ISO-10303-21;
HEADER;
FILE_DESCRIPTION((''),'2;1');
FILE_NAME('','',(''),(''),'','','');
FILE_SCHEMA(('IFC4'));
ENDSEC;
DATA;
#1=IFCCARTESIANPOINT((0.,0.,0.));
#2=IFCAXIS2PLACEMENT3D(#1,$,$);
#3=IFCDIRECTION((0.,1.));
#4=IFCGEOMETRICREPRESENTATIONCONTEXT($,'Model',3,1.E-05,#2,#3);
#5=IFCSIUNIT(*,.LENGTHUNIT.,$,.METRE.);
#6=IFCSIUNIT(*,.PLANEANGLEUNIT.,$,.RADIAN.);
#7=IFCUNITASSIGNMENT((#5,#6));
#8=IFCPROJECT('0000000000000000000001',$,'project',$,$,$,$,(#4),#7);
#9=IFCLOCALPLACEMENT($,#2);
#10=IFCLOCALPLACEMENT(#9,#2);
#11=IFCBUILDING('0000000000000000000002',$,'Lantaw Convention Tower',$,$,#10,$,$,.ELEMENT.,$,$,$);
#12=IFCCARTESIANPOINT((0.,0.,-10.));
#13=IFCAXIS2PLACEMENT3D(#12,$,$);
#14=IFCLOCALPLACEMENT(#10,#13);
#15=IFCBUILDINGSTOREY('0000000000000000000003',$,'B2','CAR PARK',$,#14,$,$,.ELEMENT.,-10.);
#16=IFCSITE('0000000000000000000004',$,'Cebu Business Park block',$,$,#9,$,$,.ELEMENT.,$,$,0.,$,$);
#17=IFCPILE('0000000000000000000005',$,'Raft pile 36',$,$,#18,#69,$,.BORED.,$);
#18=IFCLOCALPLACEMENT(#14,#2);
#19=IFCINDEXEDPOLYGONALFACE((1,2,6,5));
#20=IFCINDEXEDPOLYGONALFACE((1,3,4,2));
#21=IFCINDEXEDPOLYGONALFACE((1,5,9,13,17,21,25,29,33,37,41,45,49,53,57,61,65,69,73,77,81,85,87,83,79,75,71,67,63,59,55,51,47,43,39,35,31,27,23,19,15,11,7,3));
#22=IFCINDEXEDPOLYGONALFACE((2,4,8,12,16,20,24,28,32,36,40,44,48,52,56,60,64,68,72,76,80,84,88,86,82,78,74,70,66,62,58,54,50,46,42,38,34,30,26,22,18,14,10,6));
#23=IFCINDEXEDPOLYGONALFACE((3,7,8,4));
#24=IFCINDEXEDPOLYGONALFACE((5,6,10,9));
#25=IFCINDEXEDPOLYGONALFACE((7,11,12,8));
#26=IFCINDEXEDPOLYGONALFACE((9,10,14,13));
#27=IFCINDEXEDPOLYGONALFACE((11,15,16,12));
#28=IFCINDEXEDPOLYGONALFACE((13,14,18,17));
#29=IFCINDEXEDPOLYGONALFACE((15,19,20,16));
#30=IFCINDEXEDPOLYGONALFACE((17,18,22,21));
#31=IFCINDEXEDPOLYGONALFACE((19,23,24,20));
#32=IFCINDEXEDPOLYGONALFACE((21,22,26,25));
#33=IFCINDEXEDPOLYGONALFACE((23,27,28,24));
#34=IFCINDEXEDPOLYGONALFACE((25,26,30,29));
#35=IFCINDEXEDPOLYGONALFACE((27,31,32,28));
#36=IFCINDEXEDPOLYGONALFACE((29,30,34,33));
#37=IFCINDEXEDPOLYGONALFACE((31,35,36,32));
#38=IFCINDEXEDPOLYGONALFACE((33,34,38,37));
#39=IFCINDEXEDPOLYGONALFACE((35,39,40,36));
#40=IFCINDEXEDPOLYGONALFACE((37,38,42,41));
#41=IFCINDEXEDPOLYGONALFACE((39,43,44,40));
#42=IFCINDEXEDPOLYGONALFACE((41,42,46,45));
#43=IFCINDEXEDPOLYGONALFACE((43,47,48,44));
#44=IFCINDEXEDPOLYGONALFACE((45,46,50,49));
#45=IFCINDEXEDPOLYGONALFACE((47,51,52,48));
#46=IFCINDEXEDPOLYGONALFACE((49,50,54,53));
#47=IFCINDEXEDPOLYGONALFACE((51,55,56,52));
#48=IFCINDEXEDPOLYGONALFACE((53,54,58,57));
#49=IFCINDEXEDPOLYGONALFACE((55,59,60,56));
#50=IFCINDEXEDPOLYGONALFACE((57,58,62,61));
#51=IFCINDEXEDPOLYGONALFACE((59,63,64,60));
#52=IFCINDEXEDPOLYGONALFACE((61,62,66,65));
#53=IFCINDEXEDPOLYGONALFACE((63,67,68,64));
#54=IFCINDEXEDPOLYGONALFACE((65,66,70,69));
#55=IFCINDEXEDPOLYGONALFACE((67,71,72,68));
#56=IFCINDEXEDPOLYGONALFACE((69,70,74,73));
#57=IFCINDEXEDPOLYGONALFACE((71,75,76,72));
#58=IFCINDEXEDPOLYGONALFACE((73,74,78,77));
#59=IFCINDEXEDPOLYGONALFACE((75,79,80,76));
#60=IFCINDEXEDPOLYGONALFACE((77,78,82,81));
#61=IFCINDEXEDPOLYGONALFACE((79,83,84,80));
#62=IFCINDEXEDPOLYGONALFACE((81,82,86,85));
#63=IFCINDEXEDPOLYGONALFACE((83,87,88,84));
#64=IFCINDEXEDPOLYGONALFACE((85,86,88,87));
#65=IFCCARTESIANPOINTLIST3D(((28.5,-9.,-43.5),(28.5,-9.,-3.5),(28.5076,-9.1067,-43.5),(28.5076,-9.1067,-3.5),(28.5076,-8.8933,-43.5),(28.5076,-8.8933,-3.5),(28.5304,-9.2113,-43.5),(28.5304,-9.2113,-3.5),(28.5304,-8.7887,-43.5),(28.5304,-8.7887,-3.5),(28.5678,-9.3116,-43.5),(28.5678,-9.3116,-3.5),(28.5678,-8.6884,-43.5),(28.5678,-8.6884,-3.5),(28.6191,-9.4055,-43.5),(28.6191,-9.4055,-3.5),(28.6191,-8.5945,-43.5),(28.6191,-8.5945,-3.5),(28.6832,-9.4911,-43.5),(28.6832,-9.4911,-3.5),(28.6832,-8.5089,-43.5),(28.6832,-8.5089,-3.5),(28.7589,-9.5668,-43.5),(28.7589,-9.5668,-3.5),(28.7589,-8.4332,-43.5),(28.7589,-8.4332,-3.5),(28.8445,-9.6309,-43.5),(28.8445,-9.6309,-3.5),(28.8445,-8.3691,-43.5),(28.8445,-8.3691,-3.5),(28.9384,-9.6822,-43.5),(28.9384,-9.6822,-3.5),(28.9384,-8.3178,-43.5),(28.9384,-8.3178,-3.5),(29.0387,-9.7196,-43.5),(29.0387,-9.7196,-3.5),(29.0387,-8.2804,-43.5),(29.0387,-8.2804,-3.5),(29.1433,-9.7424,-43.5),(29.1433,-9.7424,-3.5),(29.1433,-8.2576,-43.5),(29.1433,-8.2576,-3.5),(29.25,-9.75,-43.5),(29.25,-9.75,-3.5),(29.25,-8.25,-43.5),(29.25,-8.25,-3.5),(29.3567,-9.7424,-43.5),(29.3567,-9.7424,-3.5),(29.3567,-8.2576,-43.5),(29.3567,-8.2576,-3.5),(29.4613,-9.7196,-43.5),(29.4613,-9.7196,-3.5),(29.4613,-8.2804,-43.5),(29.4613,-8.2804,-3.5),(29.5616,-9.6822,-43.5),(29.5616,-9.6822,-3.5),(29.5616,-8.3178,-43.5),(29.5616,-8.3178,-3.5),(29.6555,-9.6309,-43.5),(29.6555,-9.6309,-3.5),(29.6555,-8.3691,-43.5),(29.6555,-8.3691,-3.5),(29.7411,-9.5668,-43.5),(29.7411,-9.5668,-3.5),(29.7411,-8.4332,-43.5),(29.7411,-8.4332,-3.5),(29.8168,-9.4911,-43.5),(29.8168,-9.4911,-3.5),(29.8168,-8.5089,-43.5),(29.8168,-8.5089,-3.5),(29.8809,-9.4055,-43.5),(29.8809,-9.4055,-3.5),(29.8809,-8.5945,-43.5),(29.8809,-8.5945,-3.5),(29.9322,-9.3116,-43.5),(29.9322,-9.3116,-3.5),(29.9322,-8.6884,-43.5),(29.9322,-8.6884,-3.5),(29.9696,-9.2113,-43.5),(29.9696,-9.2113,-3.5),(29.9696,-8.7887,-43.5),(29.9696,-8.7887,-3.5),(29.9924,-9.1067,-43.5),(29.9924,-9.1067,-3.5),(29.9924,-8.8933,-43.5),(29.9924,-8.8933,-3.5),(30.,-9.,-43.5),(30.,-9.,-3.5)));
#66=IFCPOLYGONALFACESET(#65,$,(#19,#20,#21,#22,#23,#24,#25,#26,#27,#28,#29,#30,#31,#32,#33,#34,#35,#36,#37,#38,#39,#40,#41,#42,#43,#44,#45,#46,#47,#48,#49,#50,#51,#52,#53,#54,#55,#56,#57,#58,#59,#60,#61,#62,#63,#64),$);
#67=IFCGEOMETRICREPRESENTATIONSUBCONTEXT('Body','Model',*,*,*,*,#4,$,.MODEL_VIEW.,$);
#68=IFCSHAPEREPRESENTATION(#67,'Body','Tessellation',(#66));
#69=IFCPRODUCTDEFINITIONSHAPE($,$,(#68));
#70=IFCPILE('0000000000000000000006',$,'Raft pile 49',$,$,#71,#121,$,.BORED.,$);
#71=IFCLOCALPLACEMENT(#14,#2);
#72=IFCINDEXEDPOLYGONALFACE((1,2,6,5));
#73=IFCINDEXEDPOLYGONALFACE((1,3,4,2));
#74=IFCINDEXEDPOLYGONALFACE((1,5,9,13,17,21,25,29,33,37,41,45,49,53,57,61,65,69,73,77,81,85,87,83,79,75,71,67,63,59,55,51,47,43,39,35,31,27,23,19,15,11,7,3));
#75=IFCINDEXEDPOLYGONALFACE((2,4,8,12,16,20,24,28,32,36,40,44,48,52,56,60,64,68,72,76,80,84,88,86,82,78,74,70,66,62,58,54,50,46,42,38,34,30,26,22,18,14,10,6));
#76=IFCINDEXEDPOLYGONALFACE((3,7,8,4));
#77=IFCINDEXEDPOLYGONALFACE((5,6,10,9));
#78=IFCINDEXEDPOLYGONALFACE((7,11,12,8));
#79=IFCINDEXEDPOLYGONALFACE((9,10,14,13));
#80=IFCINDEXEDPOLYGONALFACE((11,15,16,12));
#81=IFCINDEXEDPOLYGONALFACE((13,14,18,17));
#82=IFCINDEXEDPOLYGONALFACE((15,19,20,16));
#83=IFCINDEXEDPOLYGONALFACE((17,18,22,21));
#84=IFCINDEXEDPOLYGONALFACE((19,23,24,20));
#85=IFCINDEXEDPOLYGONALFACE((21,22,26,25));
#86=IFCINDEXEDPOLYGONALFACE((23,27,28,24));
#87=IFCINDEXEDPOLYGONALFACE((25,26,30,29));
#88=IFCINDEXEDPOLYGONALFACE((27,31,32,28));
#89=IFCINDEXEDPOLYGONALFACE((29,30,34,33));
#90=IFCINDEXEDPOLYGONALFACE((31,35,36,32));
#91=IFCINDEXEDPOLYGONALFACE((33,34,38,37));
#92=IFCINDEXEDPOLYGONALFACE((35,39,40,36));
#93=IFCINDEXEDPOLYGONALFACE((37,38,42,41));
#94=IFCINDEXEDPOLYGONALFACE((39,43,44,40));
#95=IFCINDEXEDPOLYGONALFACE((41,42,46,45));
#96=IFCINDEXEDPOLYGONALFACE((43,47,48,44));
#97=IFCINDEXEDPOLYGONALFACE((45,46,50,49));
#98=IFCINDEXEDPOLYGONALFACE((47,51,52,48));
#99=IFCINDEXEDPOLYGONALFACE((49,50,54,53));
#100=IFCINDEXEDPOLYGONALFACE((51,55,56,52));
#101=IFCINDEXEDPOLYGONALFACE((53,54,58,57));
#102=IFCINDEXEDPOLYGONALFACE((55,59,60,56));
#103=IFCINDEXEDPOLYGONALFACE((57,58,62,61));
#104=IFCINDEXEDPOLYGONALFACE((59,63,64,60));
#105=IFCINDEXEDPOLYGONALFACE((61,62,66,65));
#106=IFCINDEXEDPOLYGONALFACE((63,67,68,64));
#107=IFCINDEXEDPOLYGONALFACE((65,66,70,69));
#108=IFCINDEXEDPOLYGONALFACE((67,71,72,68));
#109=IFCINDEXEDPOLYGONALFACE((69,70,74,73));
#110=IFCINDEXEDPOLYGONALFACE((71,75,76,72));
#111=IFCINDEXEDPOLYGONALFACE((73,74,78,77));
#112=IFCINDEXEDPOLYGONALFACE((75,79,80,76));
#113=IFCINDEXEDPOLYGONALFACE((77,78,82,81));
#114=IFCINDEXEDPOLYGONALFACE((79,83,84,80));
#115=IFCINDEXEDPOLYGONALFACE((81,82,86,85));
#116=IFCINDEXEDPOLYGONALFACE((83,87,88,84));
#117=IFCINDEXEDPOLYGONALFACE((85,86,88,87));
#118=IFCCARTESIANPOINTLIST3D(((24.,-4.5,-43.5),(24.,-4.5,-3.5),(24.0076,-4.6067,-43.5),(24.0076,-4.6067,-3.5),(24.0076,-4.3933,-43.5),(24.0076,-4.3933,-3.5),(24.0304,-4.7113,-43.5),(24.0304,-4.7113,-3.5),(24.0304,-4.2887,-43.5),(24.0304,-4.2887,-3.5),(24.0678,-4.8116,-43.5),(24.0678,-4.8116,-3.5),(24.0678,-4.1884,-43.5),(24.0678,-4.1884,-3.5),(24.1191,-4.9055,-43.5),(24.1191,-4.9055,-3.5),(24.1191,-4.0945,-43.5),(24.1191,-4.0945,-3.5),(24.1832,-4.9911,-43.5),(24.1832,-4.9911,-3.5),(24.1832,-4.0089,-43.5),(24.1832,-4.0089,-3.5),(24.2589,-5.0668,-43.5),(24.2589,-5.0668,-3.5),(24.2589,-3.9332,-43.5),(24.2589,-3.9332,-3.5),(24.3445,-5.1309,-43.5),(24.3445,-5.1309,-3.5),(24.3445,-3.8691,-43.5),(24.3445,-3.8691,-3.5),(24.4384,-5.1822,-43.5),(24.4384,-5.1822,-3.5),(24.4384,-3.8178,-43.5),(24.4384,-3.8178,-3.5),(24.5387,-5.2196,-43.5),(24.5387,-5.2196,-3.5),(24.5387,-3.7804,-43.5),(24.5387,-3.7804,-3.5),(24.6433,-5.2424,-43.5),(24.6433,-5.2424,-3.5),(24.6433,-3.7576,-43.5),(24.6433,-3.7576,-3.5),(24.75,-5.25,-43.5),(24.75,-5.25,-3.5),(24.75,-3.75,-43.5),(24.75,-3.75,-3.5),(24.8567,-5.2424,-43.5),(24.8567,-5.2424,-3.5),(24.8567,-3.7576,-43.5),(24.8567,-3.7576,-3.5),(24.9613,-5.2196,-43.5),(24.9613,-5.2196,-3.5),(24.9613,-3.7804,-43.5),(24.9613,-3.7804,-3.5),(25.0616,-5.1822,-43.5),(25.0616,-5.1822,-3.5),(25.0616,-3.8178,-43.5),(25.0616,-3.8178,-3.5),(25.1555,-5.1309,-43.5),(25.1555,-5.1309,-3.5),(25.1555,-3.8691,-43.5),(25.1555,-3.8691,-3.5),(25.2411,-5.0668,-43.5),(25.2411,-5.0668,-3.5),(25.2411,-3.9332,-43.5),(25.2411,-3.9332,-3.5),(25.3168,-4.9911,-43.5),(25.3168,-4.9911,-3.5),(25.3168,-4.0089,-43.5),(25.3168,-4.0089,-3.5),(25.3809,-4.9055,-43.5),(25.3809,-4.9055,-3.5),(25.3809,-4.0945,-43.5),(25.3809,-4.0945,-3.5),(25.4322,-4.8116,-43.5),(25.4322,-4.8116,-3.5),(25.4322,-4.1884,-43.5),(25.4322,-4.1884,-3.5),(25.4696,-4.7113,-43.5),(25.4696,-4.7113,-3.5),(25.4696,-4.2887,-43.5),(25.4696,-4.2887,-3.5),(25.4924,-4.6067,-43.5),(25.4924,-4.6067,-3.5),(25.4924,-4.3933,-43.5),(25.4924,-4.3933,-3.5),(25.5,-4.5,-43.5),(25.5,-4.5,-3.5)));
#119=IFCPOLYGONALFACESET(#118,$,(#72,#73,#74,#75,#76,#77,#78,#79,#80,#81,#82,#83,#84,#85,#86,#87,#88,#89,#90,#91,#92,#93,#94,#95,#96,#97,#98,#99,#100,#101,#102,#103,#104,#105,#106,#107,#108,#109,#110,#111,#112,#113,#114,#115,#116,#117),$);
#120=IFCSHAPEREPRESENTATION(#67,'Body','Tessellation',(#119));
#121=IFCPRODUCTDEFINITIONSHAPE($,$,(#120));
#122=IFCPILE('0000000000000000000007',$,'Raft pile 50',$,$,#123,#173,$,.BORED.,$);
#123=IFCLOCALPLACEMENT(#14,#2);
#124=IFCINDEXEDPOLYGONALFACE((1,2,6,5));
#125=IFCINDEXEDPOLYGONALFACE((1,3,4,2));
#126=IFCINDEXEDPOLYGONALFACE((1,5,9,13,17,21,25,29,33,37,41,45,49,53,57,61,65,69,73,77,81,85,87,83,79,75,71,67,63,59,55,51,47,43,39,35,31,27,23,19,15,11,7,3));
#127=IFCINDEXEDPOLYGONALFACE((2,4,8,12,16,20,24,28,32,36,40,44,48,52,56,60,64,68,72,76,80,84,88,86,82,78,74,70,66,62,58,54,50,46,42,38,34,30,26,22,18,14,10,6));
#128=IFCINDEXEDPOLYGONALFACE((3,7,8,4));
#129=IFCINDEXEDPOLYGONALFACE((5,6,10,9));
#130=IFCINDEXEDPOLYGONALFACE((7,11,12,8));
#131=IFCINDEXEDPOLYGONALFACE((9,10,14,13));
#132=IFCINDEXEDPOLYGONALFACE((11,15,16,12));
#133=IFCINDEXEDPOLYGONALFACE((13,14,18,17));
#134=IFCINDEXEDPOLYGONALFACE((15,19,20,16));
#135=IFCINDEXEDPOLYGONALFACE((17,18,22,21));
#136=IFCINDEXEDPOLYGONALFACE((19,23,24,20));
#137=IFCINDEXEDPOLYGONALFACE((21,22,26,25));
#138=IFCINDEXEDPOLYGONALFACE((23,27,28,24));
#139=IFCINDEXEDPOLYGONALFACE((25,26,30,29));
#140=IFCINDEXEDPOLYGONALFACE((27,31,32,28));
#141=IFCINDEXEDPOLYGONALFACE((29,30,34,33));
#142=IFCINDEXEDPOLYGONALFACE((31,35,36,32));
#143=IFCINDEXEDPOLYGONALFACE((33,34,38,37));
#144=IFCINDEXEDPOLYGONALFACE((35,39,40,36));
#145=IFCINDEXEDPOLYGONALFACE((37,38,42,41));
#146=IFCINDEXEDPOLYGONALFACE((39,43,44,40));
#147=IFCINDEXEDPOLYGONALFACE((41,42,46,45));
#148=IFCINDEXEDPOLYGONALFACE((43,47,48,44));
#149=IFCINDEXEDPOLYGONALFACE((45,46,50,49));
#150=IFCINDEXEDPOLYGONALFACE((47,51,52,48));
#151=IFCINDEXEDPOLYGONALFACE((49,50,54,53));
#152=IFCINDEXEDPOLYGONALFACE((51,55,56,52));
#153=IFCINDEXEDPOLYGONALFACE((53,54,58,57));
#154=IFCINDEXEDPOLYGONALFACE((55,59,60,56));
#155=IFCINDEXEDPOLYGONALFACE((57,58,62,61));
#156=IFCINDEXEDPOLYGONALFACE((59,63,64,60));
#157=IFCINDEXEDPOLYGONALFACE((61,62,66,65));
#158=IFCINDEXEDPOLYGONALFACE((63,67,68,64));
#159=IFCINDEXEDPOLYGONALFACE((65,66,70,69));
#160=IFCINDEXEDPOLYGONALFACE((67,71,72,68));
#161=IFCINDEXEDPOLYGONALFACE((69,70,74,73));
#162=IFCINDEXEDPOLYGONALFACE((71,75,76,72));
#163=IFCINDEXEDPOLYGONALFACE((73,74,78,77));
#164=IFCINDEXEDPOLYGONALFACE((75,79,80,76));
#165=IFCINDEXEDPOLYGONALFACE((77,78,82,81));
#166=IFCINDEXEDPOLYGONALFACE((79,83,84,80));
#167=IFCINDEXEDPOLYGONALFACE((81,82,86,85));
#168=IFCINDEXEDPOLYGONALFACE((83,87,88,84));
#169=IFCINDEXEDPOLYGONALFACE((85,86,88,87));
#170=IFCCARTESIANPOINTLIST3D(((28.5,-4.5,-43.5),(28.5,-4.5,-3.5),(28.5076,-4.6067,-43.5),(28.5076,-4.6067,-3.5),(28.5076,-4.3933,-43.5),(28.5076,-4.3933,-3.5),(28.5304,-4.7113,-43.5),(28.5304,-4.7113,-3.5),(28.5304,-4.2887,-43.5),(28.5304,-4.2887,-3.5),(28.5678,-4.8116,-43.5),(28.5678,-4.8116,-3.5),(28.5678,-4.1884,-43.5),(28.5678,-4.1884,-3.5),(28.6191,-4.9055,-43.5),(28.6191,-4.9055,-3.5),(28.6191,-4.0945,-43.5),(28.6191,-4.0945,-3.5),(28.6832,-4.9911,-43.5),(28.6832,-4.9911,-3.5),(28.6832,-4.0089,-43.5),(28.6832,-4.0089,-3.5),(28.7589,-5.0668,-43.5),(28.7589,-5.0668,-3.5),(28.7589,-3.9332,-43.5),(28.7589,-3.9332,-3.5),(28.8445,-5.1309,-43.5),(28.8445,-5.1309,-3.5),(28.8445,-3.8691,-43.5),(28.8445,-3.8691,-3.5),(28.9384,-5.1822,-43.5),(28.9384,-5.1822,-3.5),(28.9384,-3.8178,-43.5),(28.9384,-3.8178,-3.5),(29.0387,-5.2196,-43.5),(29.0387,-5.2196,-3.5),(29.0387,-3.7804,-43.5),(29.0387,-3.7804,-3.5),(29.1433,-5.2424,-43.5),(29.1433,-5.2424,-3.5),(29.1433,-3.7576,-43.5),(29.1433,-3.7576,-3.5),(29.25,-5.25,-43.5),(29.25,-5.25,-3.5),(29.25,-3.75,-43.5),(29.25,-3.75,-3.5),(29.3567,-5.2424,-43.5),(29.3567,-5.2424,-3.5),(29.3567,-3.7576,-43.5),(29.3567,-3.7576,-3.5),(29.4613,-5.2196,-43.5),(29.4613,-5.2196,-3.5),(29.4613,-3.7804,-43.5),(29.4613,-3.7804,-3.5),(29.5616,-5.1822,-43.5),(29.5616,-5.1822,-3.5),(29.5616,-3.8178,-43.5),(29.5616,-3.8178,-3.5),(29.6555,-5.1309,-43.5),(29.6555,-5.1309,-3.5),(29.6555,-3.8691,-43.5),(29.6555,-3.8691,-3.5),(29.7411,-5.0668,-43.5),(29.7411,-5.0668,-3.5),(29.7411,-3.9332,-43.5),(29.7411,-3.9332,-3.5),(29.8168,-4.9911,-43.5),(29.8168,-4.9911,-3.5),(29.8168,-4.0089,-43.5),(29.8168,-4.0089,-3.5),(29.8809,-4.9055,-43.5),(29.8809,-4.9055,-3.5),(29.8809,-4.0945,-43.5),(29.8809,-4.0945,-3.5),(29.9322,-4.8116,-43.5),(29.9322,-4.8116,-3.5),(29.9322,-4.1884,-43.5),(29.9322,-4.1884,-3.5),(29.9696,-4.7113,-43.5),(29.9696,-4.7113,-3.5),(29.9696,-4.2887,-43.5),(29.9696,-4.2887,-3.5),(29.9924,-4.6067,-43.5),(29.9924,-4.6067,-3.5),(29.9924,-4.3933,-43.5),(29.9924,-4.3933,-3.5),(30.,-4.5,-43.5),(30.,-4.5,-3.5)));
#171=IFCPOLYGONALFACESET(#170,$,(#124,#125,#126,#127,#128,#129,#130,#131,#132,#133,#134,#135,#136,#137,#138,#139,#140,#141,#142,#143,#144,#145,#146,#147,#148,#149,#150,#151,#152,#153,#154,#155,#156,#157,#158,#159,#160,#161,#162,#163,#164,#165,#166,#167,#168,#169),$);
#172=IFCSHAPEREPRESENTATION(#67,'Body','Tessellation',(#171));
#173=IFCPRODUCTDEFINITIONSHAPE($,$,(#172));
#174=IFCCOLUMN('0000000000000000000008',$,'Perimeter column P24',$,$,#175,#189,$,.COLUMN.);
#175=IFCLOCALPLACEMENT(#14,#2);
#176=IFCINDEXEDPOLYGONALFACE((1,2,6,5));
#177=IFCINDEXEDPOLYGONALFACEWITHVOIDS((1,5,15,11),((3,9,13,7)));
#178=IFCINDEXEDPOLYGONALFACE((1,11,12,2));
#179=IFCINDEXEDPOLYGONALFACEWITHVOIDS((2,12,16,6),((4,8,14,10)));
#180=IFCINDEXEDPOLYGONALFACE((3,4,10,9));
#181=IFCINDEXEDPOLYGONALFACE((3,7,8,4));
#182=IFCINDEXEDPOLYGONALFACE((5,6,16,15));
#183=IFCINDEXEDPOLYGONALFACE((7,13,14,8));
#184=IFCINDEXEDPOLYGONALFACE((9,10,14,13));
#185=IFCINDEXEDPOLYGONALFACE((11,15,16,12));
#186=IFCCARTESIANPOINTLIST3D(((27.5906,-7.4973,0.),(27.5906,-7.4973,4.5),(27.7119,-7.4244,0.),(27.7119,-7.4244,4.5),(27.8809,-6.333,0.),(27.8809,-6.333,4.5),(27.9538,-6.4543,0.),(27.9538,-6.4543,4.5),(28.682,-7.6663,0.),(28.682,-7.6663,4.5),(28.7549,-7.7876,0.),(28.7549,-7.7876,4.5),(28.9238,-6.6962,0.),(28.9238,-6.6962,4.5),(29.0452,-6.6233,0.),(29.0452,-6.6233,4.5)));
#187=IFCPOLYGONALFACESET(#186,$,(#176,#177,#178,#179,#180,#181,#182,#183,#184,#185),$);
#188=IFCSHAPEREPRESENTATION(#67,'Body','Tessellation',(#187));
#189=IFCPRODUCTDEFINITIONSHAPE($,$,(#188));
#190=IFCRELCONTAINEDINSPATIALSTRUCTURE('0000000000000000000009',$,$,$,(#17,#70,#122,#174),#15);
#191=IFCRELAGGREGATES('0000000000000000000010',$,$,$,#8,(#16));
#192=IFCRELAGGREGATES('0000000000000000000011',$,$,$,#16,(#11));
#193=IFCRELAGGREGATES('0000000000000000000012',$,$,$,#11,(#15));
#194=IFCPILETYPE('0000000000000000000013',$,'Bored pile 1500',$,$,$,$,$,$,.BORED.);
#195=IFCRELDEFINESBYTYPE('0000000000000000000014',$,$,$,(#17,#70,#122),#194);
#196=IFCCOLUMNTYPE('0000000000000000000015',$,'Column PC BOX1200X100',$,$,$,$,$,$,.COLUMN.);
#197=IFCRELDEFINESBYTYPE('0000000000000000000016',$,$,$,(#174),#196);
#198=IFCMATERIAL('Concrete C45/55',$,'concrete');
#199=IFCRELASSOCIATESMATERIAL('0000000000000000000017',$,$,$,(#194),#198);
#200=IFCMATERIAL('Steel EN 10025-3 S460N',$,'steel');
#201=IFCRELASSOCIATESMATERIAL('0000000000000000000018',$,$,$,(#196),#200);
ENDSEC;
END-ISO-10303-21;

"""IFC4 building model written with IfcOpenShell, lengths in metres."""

from ifc_helpers import new_model, si_unit, direction, frame, origin, origin_2d, place, context, subcontext, project, spatial, rectangle, hollow_rectangle, circle, extrude, material, material_profile, profile_set, type_object, element, save


model = new_model("IFC4")

# Units and contexts
model_context = context("Model", 3, precision=1e-05, world=origin(), true_north=direction((0.0, 1.0)))
body_context = subcontext(model_context, "Body", "Model", "MODEL_VIEW")
ifc_project = project(units=[si_unit("LENGTHUNIT", "METRE"), si_unit("PLANEANGLEUNIT", "RADIAN")], contexts=[model_context])

# Site, building, storey
site_placement = place(None, origin())
site = spatial("IfcSite", under=ifc_project, at=site_placement, Name="Cebu Business Park block", CompositionType="ELEMENT", RefElevation=0.0)
building_placement = place(site_placement, origin())
building = spatial("IfcBuilding", under=site, at=building_placement, Name="Lantaw Convention Tower", CompositionType="ELEMENT")
storey_placement = place(building_placement, frame((0.0, 0.0, -10.0)))
storey = spatial("IfcBuildingStorey", under=building, at=storey_placement, Name="B2", Description="CAR PARK", CompositionType="ELEMENT", Elevation=-10.0)

# Piles
ifc_material_1 = material(Name="Concrete C45/55", Category="concrete")
ifc_material_profile_1 = material_profile(ifc_material_1, circle(Radius=0.75, at=origin_2d()), Name="Bored pile 1500")
ifc_profile_set_1 = profile_set([ifc_material_profile_1], Name="Concrete C45/55")
pile_type_1 = type_object("IfcPileType", Name="Bored pile 1500", PredefinedType="BORED", material=ifc_profile_set_1)
for number, where, z_axis, x_axis, name in (
    (1, (29.25, -9.0, -3.5), (0.0, 0.0, -1.0), (1.0, 0.0, 0.0), "Raft pile 36"),
    (2, (24.75, -4.5, -3.5), (0.0, 0.0, -1.0), (1.0, 0.0, 0.0), "Raft pile 49"),
    (3, (29.25, -4.5, -3.5), (0.0, 0.0, -1.0), (1.0, 0.0, 0.0), "Raft pile 50"),
):
    element("IfcPile", number, at=place(storey_placement, frame(where, z_axis=z_axis, x_axis=x_axis)), inside=storey, type_object=pile_type_1, Name=name, PredefinedType="BORED", context=body_context, shape_type="SweptSolid", body=[
        extrude(circle(Radius=0.75, at=origin_2d()), origin(), (0.0, 0.0, 1.0), 40.0),
    ])

# Column
ifc_material_2 = material(Name="Steel EN 10025-3 S460N", Category="steel")
ifc_material_profile_2 = material_profile(ifc_material_2, hollow_rectangle(XDim=1.2, YDim=1.2, WallThickness=0.1001, at=origin_2d()), Name="BOX1200X100")
ifc_material_3 = material(Name="Concrete C60/75", Category="concrete")
ifc_material_profile_3 = material_profile(ifc_material_3, rectangle(XDim=1.0, YDim=1.0, at=origin_2d()), Name="Concrete fill of BOX1200X100")
ifc_profile_set_2 = profile_set([ifc_material_profile_2, ifc_material_profile_3], Name="Steel EN 10025-3 S460N")
column_type_1 = type_object("IfcColumnType", Name="Column PC BOX1200X100", PredefinedType="COLUMN", material=ifc_profile_set_2)
column_1_placement = place(storey_placement, frame((28.3179, -7.0603, 0.0), z_axis=(0.0, 0.0, 1.0), x_axis=(0.241922, 0.970296, 0.0)))
element("IfcColumn", 4, at=column_1_placement, inside=storey, type_object=column_type_1, Name="Perimeter column P24", PredefinedType="COLUMN", context=body_context, shape_type="SweptSolid", body=[
    extrude(hollow_rectangle(XDim=1.2, YDim=1.2, WallThickness=0.1001, at=origin_2d()), origin(), (0.0, 0.0, 1.0), 4.5),
])

save(model, "model.ifc")
